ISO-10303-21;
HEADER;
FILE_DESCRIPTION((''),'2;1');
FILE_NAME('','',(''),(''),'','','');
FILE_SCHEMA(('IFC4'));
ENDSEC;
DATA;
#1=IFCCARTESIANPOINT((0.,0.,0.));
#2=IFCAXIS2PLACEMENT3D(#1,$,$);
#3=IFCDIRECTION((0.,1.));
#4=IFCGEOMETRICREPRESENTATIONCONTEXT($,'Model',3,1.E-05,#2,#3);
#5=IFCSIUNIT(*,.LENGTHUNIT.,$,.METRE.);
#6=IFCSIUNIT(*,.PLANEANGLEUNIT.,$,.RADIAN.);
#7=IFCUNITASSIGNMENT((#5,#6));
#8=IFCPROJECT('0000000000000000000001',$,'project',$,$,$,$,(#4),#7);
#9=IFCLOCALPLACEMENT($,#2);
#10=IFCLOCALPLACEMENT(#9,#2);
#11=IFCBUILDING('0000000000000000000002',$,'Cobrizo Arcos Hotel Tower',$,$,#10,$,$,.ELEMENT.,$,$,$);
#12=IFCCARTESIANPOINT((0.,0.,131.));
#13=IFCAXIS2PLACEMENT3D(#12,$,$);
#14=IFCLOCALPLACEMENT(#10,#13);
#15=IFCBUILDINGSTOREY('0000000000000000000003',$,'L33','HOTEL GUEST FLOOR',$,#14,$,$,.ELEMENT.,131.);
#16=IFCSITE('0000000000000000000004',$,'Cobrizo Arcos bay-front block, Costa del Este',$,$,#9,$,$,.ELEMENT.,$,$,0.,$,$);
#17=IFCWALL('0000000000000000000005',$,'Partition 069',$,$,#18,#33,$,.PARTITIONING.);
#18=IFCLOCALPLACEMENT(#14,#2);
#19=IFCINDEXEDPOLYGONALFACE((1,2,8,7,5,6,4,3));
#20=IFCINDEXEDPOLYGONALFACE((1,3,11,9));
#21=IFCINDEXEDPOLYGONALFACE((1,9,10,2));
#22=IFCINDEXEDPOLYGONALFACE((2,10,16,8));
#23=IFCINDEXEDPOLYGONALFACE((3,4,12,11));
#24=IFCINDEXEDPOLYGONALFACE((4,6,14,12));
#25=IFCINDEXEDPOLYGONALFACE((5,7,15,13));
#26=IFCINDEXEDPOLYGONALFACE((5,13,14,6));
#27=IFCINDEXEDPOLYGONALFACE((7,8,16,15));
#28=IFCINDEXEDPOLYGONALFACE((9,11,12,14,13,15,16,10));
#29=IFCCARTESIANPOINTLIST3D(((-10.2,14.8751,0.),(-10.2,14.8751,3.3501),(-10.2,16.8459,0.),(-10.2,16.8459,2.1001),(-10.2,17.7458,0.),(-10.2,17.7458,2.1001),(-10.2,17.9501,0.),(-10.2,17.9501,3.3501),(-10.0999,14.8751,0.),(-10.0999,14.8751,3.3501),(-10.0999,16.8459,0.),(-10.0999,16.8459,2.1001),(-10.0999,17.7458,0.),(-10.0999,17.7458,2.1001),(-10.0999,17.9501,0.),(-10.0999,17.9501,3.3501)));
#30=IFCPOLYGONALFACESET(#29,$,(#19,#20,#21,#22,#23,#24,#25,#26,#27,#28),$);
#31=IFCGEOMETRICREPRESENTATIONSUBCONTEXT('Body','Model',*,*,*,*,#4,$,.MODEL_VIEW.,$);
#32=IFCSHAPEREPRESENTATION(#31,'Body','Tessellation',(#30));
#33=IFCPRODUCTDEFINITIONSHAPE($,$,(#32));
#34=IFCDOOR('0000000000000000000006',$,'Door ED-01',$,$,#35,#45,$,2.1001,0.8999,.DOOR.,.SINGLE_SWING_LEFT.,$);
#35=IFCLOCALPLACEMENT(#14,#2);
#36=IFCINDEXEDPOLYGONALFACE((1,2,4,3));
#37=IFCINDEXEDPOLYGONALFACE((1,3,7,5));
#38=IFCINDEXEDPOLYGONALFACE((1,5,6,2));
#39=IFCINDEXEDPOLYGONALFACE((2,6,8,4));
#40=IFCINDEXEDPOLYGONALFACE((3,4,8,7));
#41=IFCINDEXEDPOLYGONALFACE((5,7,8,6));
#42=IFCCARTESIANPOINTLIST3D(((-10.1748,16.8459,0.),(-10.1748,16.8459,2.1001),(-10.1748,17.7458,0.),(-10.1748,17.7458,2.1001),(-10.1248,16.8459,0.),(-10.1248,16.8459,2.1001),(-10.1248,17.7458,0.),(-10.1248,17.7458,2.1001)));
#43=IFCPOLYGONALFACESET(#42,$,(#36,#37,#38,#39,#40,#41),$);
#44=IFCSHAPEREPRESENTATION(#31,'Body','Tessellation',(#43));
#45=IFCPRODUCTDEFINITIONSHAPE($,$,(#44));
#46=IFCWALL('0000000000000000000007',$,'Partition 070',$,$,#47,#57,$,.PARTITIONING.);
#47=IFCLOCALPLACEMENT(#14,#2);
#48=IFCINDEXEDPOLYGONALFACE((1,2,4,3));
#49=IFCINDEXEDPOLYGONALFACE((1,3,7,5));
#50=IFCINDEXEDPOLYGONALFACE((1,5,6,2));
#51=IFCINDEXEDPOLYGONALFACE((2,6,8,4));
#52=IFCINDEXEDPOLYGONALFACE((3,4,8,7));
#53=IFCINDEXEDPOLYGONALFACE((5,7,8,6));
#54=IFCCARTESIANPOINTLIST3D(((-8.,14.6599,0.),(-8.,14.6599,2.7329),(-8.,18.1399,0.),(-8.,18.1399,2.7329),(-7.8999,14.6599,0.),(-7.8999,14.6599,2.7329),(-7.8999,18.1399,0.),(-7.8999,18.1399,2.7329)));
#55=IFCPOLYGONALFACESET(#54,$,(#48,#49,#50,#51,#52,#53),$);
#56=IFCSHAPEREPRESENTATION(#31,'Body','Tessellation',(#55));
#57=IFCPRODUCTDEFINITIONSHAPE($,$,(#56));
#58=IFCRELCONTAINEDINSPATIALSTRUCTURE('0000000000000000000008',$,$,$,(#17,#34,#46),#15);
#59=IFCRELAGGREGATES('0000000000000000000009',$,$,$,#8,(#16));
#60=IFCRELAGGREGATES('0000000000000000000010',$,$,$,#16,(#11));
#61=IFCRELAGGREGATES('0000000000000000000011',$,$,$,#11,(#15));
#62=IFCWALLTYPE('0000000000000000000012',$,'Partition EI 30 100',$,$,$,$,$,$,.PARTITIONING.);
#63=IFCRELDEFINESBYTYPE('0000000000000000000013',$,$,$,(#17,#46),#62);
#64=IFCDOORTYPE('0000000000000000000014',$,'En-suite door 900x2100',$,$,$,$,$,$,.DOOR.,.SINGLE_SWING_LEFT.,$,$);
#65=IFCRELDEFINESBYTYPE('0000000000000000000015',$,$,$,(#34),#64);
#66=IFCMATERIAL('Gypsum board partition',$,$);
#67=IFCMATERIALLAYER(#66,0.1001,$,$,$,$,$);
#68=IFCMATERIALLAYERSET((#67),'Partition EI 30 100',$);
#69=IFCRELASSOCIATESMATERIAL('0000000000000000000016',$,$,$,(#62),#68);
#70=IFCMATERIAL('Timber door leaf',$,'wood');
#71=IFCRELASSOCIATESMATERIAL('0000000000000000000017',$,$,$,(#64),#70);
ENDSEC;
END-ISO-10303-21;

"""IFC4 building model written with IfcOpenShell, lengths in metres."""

from ifc_helpers import new_model, si_unit, direction, frame, frame_2d, origin, place, context, subcontext, project, spatial, rectangle, extrude, material, layer, layer_set, type_object, element, fill, save


model = new_model("IFC4")

# Units and contexts
model_context = context("Model", 3, precision=1e-05, world=origin(), true_north=direction((0.0, 1.0)))
body_context = subcontext(model_context, "Body", "Model", "MODEL_VIEW")
ifc_project = project(units=[si_unit("LENGTHUNIT", "METRE"), si_unit("PLANEANGLEUNIT", "RADIAN")], contexts=[model_context])

# Site, building, storey
site_placement = place(None, origin())
site = spatial("IfcSite", under=ifc_project, at=site_placement, Name="Cobrizo Arcos bay-front block, Costa del Este", CompositionType="ELEMENT", RefElevation=0.0)
building_placement = place(site_placement, origin())
building = spatial("IfcBuilding", under=site, at=building_placement, Name="Cobrizo Arcos Hotel Tower", CompositionType="ELEMENT")
storey_placement = place(building_placement, frame((0.0, 0.0, 131.0)))
storey = spatial("IfcBuildingStorey", under=building, at=storey_placement, Name="L33", Description="HOTEL GUEST FLOOR", CompositionType="ELEMENT", Elevation=131.0)

# Shared definitions
ifc_material_1 = material(Name="Gypsum board partition")
ifc_layer_1 = layer(ifc_material_1, 0.1001)
ifc_layer_set_1 = layer_set([ifc_layer_1], Name="Partition EI 30 100")
wall_type_1 = type_object("IfcWallType", Name="Partition EI 30 100", PredefinedType="PARTITIONING", material=ifc_layer_set_1)

# Wall, opening, door
wall_1_placement = place(storey_placement, frame((-10.1499, 14.875, 0.0), z_axis=(0.0, 0.0, 1.0), x_axis=(0.0, 1.0, 0.0)))
wall_1 = element("IfcWall", 1, at=wall_1_placement, inside=storey, type_object=wall_type_1, Name="Partition 069", PredefinedType="PARTITIONING", context=body_context, shape_type="SweptSolid", body=[
    extrude(rectangle(XDim=3.075, YDim=0.1001, at=frame_2d((1.5376, 0.0))), origin(), (0.0, 0.0, 1.0), 3.3501),
])
opening_placement = place(wall_1_placement, frame((1.9709, 0.0, 0.0)))
opening = element("IfcOpeningElement", 2, at=opening_placement, cuts=wall_1, PredefinedType="OPENING", context=body_context, shape_type="SweptSolid", body=[
    extrude(rectangle(XDim=0.8999, YDim=2.1001, at=frame_2d((0.45, 1.05))), frame((0.0, 0.062, 0.0), z_axis=(0.0, -1.0, 0.0), x_axis=(1.0, 0.0, 0.0)), (0.0, 0.0, 1.0), 0.124),
])
ifc_material_2 = material(Name="Timber door leaf", Category="wood")
door_type = type_object("IfcDoorType", Name="En-suite door 900x2100", OperationType="SINGLE_SWING_LEFT", PredefinedType="DOOR", material=ifc_material_2)
door_placement = place(opening_placement, origin())
door = element("IfcDoor", 3, at=door_placement, inside=storey, type_object=door_type, Name="Door ED-01", OperationType="SINGLE_SWING_LEFT", OverallHeight=2.1001, OverallWidth=0.8999, PredefinedType="DOOR", context=body_context, shape_type="SweptSolid", body=[
    extrude(rectangle(XDim=0.8999, YDim=2.1001, at=frame_2d((0.45, 1.05))), frame((0.0, 0.0249, 0.0), z_axis=(0.0, -1.0, 0.0), x_axis=(1.0, 0.0, 0.0)), (0.0, 0.0, 1.0), 0.05),
])
fill(opening, door)

# Wall
wall_2_placement = place(storey_placement, frame((-7.95, 14.6599, 0.0), z_axis=(0.0, 0.0, 1.0), x_axis=(0.0, 1.0, 0.0)))
element("IfcWall", 4, at=wall_2_placement, inside=storey, type_object=wall_type_1, Name="Partition 070", PredefinedType="PARTITIONING", context=body_context, shape_type="SweptSolid", body=[
    extrude(rectangle(XDim=3.48, YDim=0.1001, at=frame_2d((1.74, 0.0))), origin(), (0.0, 0.0, 1.0), 2.7329),
])

save(model, "model.ifc")
